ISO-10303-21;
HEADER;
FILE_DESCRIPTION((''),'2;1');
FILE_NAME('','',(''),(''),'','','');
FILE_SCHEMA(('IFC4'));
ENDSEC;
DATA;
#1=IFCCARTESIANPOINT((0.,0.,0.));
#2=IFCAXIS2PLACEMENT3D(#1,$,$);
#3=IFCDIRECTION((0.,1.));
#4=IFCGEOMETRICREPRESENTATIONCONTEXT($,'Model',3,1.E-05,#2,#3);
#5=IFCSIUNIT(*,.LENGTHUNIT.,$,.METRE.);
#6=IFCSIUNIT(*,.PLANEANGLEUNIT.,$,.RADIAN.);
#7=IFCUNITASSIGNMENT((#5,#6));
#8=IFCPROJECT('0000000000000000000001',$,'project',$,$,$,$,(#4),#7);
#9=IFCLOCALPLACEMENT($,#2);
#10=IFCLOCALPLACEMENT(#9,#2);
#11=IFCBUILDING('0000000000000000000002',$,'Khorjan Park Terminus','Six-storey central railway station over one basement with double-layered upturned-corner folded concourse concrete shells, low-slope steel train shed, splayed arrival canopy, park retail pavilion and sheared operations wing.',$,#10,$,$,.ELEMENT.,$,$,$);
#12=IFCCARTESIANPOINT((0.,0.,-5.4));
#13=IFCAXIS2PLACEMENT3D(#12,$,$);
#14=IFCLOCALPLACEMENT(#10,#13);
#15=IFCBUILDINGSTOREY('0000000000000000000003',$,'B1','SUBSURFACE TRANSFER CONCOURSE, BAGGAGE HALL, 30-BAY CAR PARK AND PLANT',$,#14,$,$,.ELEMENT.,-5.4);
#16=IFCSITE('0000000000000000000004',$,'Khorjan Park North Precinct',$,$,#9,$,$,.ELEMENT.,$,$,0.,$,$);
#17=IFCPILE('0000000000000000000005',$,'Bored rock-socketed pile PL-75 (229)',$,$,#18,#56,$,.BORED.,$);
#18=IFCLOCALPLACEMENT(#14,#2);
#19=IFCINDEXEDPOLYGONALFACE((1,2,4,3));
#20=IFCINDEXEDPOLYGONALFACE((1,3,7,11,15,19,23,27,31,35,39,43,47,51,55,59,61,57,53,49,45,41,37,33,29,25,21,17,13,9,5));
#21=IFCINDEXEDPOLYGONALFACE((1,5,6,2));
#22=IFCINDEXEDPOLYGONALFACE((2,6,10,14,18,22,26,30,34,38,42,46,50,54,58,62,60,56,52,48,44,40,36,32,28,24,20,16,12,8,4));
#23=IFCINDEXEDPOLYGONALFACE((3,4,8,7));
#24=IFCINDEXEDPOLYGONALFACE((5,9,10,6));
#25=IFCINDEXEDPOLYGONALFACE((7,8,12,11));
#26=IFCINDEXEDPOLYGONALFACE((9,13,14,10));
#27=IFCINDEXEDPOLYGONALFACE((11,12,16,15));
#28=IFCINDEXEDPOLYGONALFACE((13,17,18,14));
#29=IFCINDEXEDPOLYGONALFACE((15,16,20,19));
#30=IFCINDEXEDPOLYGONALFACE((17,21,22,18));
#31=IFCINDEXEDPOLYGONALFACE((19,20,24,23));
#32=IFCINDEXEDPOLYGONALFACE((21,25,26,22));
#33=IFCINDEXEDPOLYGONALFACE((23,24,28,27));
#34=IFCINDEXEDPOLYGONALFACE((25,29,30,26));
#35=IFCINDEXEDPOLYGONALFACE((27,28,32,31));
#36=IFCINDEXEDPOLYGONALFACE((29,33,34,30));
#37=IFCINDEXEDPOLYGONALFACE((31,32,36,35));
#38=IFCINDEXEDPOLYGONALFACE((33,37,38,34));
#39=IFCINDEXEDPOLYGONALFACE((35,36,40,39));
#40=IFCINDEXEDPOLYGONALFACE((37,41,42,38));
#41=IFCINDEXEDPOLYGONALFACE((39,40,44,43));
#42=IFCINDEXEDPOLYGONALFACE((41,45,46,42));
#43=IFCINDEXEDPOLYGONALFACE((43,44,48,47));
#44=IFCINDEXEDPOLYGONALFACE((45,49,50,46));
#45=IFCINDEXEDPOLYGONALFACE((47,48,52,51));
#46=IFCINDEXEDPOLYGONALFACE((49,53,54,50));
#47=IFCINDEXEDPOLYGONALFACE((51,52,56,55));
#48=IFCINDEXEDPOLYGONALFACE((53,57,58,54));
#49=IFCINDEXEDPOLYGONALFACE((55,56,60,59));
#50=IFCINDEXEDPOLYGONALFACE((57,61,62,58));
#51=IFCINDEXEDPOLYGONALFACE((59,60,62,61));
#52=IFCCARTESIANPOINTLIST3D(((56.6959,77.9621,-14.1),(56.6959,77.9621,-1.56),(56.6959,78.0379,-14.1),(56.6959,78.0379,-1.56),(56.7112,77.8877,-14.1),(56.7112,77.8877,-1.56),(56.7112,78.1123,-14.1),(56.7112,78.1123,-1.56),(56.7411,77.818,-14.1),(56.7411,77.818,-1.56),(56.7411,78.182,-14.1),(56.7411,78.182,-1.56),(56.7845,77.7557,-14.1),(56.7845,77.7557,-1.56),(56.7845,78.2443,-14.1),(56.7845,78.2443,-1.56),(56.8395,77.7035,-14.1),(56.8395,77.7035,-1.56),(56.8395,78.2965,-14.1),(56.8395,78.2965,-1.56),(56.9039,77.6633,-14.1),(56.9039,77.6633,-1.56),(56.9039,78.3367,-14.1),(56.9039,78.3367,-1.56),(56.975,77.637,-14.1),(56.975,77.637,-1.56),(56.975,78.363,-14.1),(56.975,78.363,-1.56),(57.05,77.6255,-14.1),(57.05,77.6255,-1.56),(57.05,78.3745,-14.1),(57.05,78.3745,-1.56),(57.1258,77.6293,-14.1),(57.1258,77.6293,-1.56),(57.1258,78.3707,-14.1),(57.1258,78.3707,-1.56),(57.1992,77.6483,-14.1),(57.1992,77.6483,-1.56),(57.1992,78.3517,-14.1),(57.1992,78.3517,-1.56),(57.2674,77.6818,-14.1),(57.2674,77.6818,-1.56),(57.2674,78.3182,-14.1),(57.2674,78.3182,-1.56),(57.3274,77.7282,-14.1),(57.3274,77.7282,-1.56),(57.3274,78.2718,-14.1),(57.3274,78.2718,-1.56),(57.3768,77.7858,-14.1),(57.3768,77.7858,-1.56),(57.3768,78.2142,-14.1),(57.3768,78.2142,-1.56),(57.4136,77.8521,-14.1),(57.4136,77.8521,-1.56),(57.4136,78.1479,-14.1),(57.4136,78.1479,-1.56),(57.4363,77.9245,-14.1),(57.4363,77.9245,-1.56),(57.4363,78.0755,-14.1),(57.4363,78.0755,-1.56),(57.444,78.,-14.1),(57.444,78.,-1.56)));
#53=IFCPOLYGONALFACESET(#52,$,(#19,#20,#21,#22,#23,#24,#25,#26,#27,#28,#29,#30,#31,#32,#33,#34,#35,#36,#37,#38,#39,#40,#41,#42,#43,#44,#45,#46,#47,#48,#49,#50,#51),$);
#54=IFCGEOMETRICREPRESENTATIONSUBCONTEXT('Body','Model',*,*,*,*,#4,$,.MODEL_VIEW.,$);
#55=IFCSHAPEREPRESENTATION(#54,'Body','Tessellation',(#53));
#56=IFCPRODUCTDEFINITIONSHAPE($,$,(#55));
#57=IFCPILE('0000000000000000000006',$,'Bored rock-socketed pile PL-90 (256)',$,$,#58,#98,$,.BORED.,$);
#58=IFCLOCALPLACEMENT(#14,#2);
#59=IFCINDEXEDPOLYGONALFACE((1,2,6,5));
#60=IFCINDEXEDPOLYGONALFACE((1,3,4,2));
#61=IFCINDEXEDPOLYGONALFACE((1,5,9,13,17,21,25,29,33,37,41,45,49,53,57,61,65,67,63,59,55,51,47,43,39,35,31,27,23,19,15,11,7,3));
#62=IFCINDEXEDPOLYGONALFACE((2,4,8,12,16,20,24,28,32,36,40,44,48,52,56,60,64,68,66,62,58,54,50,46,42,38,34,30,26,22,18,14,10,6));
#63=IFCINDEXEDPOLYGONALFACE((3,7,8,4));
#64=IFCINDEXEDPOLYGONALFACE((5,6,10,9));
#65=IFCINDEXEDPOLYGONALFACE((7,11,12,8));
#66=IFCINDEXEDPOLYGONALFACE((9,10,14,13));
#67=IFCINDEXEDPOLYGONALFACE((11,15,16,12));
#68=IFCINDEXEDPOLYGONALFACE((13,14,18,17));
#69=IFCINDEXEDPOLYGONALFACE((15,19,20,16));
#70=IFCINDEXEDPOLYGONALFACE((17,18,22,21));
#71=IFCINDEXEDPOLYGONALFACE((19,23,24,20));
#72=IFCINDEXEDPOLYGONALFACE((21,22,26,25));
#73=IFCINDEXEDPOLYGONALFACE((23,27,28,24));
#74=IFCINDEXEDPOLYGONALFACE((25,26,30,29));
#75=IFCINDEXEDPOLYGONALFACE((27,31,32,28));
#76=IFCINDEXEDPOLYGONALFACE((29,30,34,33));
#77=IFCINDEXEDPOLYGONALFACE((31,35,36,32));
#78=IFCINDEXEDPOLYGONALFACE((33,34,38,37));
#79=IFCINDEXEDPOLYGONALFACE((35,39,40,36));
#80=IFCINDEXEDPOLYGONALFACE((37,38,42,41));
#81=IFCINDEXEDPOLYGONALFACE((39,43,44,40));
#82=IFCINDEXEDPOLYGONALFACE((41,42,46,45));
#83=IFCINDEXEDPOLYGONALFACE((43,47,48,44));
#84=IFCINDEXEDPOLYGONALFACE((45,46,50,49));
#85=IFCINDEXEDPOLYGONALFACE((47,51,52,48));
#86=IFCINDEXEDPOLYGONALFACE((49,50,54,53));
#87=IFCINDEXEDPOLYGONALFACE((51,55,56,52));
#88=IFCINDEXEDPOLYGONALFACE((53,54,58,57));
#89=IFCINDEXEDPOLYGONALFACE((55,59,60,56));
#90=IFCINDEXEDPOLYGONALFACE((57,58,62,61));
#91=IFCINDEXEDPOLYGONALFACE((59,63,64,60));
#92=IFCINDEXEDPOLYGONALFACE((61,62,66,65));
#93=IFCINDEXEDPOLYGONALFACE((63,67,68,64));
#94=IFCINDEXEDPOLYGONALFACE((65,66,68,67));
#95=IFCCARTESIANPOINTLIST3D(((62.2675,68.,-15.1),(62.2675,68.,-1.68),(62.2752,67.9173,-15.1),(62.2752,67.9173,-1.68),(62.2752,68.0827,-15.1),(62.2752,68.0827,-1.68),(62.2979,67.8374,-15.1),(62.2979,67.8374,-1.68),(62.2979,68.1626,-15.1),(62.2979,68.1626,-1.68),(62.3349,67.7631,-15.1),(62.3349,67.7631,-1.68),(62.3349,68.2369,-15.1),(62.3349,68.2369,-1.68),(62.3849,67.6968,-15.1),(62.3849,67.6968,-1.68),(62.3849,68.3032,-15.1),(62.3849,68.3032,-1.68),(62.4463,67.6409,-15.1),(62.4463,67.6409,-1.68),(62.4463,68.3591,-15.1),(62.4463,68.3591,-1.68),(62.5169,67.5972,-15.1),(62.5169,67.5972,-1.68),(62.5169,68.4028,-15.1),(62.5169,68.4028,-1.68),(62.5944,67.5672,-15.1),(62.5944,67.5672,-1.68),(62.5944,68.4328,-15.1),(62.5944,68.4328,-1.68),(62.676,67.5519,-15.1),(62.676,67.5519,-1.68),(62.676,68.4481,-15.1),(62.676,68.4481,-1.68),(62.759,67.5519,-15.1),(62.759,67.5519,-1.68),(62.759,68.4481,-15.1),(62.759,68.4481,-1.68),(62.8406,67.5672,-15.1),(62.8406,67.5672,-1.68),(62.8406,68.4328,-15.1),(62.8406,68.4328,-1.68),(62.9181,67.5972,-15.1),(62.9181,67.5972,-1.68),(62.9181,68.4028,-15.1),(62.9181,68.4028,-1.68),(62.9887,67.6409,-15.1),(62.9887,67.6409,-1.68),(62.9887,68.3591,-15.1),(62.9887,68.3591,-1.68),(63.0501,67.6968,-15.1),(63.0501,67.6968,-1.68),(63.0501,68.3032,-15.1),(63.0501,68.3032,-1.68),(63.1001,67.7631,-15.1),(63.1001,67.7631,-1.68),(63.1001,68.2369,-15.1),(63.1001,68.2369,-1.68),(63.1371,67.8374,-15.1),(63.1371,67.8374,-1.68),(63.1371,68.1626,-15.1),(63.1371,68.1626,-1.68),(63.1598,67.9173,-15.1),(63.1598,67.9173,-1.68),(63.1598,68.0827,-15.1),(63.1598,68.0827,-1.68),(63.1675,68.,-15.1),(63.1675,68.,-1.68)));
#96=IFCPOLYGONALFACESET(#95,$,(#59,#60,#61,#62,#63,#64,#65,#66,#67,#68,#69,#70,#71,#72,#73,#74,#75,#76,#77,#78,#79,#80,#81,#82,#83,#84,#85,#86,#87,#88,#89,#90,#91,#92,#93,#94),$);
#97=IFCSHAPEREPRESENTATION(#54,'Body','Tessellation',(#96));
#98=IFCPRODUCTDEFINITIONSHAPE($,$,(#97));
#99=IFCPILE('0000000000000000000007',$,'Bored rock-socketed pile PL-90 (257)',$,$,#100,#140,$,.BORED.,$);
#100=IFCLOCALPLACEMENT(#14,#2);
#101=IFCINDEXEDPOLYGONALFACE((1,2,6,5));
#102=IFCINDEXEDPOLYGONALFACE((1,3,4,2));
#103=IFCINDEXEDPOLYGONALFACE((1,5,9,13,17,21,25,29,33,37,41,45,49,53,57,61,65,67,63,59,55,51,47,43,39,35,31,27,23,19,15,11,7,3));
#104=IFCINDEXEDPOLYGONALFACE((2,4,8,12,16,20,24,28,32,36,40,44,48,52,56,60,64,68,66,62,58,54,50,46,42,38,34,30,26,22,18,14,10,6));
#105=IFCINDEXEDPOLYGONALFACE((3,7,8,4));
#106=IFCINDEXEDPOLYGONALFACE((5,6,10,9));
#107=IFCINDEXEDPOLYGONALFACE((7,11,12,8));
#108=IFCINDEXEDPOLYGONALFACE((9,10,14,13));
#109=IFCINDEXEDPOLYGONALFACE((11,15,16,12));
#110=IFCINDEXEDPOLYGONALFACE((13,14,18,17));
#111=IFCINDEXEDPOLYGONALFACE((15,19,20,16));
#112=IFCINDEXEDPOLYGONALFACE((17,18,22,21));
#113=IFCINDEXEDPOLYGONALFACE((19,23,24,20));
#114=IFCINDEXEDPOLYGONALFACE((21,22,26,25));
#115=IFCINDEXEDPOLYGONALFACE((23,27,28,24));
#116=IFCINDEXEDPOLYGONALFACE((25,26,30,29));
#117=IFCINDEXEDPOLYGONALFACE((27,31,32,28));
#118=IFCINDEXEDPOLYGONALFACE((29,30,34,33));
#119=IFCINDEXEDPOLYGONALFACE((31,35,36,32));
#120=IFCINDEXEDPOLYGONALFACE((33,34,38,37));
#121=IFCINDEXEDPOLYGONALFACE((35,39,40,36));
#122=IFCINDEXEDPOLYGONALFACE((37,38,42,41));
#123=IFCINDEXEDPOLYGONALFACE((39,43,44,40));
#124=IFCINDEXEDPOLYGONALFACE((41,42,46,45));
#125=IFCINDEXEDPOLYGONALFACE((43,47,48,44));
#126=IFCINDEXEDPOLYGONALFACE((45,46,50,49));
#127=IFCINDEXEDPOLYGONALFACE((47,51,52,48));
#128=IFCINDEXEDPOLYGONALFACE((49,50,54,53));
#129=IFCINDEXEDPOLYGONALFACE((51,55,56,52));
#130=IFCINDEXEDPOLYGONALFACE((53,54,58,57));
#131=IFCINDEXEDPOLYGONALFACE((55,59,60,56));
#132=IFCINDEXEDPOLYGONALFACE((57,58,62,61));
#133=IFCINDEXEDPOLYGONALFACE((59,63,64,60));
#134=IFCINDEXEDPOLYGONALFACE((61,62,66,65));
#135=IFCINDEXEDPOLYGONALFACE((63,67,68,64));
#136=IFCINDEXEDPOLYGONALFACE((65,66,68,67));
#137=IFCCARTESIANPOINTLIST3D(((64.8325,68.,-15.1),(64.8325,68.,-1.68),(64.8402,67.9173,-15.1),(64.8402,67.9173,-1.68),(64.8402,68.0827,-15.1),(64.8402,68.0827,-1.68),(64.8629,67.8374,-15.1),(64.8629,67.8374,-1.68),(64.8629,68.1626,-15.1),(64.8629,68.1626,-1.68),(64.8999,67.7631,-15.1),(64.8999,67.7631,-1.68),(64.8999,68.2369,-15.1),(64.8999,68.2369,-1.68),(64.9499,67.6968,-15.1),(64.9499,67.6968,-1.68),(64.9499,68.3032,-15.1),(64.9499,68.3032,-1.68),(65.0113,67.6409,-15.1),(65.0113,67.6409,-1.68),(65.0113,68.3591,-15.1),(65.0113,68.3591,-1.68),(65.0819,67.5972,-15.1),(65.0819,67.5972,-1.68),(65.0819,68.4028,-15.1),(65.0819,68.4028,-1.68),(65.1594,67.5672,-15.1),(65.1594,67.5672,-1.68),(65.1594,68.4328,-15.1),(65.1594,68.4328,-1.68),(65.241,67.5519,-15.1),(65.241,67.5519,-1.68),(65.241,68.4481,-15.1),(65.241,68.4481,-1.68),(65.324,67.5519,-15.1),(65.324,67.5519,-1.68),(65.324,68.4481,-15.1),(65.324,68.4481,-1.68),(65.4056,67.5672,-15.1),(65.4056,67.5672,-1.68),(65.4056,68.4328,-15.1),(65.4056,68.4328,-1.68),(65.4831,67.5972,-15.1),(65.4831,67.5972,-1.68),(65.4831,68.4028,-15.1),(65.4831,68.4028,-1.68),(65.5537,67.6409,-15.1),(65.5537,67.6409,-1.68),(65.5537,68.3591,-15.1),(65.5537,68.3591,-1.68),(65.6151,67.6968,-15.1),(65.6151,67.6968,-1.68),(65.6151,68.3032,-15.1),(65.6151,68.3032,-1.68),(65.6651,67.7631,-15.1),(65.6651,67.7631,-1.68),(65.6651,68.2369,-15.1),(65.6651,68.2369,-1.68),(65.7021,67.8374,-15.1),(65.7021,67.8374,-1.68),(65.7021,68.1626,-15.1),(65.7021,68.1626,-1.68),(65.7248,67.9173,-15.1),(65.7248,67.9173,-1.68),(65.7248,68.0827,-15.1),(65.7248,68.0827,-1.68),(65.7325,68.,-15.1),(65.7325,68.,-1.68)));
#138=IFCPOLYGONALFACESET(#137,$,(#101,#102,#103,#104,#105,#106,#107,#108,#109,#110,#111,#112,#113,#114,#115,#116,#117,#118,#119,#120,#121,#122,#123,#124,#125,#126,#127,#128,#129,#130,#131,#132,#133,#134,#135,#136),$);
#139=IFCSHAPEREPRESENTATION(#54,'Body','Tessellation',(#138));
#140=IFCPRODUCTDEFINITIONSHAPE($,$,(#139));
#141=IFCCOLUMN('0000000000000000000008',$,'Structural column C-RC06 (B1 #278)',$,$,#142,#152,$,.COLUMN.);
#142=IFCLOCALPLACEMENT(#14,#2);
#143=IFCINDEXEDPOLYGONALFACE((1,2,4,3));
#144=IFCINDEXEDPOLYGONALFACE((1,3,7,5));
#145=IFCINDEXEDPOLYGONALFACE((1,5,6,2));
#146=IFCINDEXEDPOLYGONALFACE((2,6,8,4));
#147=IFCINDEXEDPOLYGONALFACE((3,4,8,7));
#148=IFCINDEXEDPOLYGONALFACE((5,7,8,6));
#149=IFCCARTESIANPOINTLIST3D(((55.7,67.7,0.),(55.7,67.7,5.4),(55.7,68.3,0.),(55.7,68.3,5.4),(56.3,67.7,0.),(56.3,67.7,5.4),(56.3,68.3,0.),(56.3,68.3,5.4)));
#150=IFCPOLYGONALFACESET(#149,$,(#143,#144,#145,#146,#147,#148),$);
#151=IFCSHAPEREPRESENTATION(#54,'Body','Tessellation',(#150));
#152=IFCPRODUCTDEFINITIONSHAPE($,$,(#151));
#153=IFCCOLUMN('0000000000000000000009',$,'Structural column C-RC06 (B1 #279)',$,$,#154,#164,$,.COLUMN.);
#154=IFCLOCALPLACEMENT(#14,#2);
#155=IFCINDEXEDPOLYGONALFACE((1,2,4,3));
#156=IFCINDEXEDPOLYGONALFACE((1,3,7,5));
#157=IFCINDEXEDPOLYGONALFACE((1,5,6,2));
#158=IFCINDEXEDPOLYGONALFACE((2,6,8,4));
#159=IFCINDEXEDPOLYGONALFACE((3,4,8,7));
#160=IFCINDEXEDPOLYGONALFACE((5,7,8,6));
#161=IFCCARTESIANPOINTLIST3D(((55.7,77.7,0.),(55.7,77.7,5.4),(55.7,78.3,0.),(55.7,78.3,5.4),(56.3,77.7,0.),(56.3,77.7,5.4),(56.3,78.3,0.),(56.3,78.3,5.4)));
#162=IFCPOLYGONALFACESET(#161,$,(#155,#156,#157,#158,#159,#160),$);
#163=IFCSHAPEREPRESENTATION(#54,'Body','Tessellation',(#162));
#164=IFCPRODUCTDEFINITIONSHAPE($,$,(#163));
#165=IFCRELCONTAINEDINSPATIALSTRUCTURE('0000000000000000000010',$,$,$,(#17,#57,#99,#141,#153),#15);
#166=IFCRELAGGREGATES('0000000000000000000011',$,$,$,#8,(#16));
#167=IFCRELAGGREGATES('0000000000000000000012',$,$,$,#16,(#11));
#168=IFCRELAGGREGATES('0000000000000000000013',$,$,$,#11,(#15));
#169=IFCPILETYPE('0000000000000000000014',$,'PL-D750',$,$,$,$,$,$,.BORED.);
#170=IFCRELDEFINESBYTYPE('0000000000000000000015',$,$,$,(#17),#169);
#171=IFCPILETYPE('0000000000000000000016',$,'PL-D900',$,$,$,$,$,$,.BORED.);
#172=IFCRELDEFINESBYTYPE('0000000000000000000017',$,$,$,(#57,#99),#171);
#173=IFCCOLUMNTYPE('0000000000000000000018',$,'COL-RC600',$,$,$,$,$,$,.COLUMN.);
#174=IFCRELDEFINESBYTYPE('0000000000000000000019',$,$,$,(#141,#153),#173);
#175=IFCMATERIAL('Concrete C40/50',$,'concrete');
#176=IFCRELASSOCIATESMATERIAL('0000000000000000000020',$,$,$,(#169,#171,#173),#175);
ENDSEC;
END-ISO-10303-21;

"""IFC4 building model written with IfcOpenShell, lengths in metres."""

from ifc_helpers import new_model, si_unit, direction, frame, origin, origin_2d, place, context, subcontext, project, spatial, rectangle, circle, extrude, material, material_profile, profile_set, type_object, element, save


model = new_model("IFC4")

# Units and contexts
model_context = context("Model", 3, precision=1e-05, world=origin(), true_north=direction((0.0, 1.0)))
body_context = subcontext(model_context, "Body", "Model", "MODEL_VIEW")
ifc_project = project(units=[si_unit("LENGTHUNIT", "METRE"), si_unit("PLANEANGLEUNIT", "RADIAN")], contexts=[model_context])

# Site, building, storey
site_placement = place(None, origin())
site = spatial("IfcSite", under=ifc_project, at=site_placement, Name="Khorjan Park North Precinct", CompositionType="ELEMENT", RefElevation=0.0)
building_placement = place(site_placement, origin())
building = spatial("IfcBuilding", under=site, at=building_placement, Name="Khorjan Park Terminus", Description="Six-storey central railway station over one basement with double-layered upturned-corner folded concourse concrete shells, low-slope steel train shed, splayed arrival canopy, park retail pavilion and sheared operations wing.", CompositionType="ELEMENT")
storey_placement = place(building_placement, frame((0.0, 0.0, -5.4)))
storey = spatial("IfcBuildingStorey", under=building, at=storey_placement, Name="B1", Description="SUBSURFACE TRANSFER CONCOURSE, BAGGAGE HALL, 30-BAY CAR PARK AND PLANT", CompositionType="ELEMENT", Elevation=-5.4)

# Shared definitions
ifc_material_1 = material(Name="Concrete C40/50", Category="concrete")

# Piles
ifc_material_profile_1 = material_profile(ifc_material_1, circle(Radius=0.375, at=origin_2d()), Name="BORED D750")
ifc_profile_set_1 = profile_set([ifc_material_profile_1], Name="Concrete C40/50")
pile_type_1 = type_object("IfcPileType", Name="PL-D750", PredefinedType="BORED", material=ifc_profile_set_1)
for number, where, z_axis, x_axis, name in (
    (1, (57.069, 78.0, -1.56), (0.0, 0.0, -1.0), (1.0, 0.0, 0.0), "Bored rock-socketed pile PL-75 (229)"),
):
    element("IfcPile", number, at=place(storey_placement, frame(where, z_axis=z_axis, x_axis=x_axis)), inside=storey, type_object=pile_type_1, Name=name, PredefinedType="BORED", context=body_context, shape_type="SweptSolid", body=[
        extrude(circle(Radius=0.375, at=origin_2d()), origin(), (0.0, 0.0, 1.0), 12.54),
    ])
ifc_material_profile_2 = material_profile(ifc_material_1, circle(Radius=0.45, at=origin_2d()), Name="BORED D900")
ifc_profile_set_2 = profile_set([ifc_material_profile_2], Name="Concrete C40/50")
pile_type_2 = type_object("IfcPileType", Name="PL-D900", PredefinedType="BORED", material=ifc_profile_set_2)
for number, where, z_axis, x_axis, name in (
    (2, (62.7175, 68.0, -1.68), (0.0, 0.0, -1.0), (1.0, 0.0, 0.0), "Bored rock-socketed pile PL-90 (256)"),
    (3, (65.2825, 68.0, -1.68), (0.0, 0.0, -1.0), (1.0, 0.0, 0.0), "Bored rock-socketed pile PL-90 (257)"),
):
    element("IfcPile", number, at=place(storey_placement, frame(where, z_axis=z_axis, x_axis=x_axis)), inside=storey, type_object=pile_type_2, Name=name, PredefinedType="BORED", context=body_context, shape_type="SweptSolid", body=[
        extrude(circle(Radius=0.45, at=origin_2d()), origin(), (0.0, 0.0, 1.0), 13.42),
    ])

# Columns
ifc_material_profile_3 = material_profile(ifc_material_1, rectangle(XDim=0.6, YDim=0.6, at=origin_2d()), Name="RC 600x600")
ifc_profile_set_3 = profile_set([ifc_material_profile_3], Name="Concrete C40/50")
column_type_1 = type_object("IfcColumnType", Name="COL-RC600", PredefinedType="COLUMN", material=ifc_profile_set_3)
for number, where, z_axis, x_axis, name in (
    (4, (56.0, 68.0, 0.0), (0.0, 0.0, 1.0), (1.0, 0.0, 0.0), "Structural column C-RC06 (B1 #278)"),
    (5, (56.0, 78.0, 0.0), (0.0, 0.0, 1.0), (1.0, 0.0, 0.0), "Structural column C-RC06 (B1 #279)"),
):
    element("IfcColumn", number, at=place(storey_placement, frame(where, z_axis=z_axis, x_axis=x_axis)), inside=storey, type_object=column_type_1, Name=name, PredefinedType="COLUMN", context=body_context, shape_type="SweptSolid", body=[
        extrude(rectangle(XDim=0.6, YDim=0.6, at=origin_2d()), origin(), (0.0, 0.0, 1.0), 5.4),
    ])

save(model, "model.ifc")
